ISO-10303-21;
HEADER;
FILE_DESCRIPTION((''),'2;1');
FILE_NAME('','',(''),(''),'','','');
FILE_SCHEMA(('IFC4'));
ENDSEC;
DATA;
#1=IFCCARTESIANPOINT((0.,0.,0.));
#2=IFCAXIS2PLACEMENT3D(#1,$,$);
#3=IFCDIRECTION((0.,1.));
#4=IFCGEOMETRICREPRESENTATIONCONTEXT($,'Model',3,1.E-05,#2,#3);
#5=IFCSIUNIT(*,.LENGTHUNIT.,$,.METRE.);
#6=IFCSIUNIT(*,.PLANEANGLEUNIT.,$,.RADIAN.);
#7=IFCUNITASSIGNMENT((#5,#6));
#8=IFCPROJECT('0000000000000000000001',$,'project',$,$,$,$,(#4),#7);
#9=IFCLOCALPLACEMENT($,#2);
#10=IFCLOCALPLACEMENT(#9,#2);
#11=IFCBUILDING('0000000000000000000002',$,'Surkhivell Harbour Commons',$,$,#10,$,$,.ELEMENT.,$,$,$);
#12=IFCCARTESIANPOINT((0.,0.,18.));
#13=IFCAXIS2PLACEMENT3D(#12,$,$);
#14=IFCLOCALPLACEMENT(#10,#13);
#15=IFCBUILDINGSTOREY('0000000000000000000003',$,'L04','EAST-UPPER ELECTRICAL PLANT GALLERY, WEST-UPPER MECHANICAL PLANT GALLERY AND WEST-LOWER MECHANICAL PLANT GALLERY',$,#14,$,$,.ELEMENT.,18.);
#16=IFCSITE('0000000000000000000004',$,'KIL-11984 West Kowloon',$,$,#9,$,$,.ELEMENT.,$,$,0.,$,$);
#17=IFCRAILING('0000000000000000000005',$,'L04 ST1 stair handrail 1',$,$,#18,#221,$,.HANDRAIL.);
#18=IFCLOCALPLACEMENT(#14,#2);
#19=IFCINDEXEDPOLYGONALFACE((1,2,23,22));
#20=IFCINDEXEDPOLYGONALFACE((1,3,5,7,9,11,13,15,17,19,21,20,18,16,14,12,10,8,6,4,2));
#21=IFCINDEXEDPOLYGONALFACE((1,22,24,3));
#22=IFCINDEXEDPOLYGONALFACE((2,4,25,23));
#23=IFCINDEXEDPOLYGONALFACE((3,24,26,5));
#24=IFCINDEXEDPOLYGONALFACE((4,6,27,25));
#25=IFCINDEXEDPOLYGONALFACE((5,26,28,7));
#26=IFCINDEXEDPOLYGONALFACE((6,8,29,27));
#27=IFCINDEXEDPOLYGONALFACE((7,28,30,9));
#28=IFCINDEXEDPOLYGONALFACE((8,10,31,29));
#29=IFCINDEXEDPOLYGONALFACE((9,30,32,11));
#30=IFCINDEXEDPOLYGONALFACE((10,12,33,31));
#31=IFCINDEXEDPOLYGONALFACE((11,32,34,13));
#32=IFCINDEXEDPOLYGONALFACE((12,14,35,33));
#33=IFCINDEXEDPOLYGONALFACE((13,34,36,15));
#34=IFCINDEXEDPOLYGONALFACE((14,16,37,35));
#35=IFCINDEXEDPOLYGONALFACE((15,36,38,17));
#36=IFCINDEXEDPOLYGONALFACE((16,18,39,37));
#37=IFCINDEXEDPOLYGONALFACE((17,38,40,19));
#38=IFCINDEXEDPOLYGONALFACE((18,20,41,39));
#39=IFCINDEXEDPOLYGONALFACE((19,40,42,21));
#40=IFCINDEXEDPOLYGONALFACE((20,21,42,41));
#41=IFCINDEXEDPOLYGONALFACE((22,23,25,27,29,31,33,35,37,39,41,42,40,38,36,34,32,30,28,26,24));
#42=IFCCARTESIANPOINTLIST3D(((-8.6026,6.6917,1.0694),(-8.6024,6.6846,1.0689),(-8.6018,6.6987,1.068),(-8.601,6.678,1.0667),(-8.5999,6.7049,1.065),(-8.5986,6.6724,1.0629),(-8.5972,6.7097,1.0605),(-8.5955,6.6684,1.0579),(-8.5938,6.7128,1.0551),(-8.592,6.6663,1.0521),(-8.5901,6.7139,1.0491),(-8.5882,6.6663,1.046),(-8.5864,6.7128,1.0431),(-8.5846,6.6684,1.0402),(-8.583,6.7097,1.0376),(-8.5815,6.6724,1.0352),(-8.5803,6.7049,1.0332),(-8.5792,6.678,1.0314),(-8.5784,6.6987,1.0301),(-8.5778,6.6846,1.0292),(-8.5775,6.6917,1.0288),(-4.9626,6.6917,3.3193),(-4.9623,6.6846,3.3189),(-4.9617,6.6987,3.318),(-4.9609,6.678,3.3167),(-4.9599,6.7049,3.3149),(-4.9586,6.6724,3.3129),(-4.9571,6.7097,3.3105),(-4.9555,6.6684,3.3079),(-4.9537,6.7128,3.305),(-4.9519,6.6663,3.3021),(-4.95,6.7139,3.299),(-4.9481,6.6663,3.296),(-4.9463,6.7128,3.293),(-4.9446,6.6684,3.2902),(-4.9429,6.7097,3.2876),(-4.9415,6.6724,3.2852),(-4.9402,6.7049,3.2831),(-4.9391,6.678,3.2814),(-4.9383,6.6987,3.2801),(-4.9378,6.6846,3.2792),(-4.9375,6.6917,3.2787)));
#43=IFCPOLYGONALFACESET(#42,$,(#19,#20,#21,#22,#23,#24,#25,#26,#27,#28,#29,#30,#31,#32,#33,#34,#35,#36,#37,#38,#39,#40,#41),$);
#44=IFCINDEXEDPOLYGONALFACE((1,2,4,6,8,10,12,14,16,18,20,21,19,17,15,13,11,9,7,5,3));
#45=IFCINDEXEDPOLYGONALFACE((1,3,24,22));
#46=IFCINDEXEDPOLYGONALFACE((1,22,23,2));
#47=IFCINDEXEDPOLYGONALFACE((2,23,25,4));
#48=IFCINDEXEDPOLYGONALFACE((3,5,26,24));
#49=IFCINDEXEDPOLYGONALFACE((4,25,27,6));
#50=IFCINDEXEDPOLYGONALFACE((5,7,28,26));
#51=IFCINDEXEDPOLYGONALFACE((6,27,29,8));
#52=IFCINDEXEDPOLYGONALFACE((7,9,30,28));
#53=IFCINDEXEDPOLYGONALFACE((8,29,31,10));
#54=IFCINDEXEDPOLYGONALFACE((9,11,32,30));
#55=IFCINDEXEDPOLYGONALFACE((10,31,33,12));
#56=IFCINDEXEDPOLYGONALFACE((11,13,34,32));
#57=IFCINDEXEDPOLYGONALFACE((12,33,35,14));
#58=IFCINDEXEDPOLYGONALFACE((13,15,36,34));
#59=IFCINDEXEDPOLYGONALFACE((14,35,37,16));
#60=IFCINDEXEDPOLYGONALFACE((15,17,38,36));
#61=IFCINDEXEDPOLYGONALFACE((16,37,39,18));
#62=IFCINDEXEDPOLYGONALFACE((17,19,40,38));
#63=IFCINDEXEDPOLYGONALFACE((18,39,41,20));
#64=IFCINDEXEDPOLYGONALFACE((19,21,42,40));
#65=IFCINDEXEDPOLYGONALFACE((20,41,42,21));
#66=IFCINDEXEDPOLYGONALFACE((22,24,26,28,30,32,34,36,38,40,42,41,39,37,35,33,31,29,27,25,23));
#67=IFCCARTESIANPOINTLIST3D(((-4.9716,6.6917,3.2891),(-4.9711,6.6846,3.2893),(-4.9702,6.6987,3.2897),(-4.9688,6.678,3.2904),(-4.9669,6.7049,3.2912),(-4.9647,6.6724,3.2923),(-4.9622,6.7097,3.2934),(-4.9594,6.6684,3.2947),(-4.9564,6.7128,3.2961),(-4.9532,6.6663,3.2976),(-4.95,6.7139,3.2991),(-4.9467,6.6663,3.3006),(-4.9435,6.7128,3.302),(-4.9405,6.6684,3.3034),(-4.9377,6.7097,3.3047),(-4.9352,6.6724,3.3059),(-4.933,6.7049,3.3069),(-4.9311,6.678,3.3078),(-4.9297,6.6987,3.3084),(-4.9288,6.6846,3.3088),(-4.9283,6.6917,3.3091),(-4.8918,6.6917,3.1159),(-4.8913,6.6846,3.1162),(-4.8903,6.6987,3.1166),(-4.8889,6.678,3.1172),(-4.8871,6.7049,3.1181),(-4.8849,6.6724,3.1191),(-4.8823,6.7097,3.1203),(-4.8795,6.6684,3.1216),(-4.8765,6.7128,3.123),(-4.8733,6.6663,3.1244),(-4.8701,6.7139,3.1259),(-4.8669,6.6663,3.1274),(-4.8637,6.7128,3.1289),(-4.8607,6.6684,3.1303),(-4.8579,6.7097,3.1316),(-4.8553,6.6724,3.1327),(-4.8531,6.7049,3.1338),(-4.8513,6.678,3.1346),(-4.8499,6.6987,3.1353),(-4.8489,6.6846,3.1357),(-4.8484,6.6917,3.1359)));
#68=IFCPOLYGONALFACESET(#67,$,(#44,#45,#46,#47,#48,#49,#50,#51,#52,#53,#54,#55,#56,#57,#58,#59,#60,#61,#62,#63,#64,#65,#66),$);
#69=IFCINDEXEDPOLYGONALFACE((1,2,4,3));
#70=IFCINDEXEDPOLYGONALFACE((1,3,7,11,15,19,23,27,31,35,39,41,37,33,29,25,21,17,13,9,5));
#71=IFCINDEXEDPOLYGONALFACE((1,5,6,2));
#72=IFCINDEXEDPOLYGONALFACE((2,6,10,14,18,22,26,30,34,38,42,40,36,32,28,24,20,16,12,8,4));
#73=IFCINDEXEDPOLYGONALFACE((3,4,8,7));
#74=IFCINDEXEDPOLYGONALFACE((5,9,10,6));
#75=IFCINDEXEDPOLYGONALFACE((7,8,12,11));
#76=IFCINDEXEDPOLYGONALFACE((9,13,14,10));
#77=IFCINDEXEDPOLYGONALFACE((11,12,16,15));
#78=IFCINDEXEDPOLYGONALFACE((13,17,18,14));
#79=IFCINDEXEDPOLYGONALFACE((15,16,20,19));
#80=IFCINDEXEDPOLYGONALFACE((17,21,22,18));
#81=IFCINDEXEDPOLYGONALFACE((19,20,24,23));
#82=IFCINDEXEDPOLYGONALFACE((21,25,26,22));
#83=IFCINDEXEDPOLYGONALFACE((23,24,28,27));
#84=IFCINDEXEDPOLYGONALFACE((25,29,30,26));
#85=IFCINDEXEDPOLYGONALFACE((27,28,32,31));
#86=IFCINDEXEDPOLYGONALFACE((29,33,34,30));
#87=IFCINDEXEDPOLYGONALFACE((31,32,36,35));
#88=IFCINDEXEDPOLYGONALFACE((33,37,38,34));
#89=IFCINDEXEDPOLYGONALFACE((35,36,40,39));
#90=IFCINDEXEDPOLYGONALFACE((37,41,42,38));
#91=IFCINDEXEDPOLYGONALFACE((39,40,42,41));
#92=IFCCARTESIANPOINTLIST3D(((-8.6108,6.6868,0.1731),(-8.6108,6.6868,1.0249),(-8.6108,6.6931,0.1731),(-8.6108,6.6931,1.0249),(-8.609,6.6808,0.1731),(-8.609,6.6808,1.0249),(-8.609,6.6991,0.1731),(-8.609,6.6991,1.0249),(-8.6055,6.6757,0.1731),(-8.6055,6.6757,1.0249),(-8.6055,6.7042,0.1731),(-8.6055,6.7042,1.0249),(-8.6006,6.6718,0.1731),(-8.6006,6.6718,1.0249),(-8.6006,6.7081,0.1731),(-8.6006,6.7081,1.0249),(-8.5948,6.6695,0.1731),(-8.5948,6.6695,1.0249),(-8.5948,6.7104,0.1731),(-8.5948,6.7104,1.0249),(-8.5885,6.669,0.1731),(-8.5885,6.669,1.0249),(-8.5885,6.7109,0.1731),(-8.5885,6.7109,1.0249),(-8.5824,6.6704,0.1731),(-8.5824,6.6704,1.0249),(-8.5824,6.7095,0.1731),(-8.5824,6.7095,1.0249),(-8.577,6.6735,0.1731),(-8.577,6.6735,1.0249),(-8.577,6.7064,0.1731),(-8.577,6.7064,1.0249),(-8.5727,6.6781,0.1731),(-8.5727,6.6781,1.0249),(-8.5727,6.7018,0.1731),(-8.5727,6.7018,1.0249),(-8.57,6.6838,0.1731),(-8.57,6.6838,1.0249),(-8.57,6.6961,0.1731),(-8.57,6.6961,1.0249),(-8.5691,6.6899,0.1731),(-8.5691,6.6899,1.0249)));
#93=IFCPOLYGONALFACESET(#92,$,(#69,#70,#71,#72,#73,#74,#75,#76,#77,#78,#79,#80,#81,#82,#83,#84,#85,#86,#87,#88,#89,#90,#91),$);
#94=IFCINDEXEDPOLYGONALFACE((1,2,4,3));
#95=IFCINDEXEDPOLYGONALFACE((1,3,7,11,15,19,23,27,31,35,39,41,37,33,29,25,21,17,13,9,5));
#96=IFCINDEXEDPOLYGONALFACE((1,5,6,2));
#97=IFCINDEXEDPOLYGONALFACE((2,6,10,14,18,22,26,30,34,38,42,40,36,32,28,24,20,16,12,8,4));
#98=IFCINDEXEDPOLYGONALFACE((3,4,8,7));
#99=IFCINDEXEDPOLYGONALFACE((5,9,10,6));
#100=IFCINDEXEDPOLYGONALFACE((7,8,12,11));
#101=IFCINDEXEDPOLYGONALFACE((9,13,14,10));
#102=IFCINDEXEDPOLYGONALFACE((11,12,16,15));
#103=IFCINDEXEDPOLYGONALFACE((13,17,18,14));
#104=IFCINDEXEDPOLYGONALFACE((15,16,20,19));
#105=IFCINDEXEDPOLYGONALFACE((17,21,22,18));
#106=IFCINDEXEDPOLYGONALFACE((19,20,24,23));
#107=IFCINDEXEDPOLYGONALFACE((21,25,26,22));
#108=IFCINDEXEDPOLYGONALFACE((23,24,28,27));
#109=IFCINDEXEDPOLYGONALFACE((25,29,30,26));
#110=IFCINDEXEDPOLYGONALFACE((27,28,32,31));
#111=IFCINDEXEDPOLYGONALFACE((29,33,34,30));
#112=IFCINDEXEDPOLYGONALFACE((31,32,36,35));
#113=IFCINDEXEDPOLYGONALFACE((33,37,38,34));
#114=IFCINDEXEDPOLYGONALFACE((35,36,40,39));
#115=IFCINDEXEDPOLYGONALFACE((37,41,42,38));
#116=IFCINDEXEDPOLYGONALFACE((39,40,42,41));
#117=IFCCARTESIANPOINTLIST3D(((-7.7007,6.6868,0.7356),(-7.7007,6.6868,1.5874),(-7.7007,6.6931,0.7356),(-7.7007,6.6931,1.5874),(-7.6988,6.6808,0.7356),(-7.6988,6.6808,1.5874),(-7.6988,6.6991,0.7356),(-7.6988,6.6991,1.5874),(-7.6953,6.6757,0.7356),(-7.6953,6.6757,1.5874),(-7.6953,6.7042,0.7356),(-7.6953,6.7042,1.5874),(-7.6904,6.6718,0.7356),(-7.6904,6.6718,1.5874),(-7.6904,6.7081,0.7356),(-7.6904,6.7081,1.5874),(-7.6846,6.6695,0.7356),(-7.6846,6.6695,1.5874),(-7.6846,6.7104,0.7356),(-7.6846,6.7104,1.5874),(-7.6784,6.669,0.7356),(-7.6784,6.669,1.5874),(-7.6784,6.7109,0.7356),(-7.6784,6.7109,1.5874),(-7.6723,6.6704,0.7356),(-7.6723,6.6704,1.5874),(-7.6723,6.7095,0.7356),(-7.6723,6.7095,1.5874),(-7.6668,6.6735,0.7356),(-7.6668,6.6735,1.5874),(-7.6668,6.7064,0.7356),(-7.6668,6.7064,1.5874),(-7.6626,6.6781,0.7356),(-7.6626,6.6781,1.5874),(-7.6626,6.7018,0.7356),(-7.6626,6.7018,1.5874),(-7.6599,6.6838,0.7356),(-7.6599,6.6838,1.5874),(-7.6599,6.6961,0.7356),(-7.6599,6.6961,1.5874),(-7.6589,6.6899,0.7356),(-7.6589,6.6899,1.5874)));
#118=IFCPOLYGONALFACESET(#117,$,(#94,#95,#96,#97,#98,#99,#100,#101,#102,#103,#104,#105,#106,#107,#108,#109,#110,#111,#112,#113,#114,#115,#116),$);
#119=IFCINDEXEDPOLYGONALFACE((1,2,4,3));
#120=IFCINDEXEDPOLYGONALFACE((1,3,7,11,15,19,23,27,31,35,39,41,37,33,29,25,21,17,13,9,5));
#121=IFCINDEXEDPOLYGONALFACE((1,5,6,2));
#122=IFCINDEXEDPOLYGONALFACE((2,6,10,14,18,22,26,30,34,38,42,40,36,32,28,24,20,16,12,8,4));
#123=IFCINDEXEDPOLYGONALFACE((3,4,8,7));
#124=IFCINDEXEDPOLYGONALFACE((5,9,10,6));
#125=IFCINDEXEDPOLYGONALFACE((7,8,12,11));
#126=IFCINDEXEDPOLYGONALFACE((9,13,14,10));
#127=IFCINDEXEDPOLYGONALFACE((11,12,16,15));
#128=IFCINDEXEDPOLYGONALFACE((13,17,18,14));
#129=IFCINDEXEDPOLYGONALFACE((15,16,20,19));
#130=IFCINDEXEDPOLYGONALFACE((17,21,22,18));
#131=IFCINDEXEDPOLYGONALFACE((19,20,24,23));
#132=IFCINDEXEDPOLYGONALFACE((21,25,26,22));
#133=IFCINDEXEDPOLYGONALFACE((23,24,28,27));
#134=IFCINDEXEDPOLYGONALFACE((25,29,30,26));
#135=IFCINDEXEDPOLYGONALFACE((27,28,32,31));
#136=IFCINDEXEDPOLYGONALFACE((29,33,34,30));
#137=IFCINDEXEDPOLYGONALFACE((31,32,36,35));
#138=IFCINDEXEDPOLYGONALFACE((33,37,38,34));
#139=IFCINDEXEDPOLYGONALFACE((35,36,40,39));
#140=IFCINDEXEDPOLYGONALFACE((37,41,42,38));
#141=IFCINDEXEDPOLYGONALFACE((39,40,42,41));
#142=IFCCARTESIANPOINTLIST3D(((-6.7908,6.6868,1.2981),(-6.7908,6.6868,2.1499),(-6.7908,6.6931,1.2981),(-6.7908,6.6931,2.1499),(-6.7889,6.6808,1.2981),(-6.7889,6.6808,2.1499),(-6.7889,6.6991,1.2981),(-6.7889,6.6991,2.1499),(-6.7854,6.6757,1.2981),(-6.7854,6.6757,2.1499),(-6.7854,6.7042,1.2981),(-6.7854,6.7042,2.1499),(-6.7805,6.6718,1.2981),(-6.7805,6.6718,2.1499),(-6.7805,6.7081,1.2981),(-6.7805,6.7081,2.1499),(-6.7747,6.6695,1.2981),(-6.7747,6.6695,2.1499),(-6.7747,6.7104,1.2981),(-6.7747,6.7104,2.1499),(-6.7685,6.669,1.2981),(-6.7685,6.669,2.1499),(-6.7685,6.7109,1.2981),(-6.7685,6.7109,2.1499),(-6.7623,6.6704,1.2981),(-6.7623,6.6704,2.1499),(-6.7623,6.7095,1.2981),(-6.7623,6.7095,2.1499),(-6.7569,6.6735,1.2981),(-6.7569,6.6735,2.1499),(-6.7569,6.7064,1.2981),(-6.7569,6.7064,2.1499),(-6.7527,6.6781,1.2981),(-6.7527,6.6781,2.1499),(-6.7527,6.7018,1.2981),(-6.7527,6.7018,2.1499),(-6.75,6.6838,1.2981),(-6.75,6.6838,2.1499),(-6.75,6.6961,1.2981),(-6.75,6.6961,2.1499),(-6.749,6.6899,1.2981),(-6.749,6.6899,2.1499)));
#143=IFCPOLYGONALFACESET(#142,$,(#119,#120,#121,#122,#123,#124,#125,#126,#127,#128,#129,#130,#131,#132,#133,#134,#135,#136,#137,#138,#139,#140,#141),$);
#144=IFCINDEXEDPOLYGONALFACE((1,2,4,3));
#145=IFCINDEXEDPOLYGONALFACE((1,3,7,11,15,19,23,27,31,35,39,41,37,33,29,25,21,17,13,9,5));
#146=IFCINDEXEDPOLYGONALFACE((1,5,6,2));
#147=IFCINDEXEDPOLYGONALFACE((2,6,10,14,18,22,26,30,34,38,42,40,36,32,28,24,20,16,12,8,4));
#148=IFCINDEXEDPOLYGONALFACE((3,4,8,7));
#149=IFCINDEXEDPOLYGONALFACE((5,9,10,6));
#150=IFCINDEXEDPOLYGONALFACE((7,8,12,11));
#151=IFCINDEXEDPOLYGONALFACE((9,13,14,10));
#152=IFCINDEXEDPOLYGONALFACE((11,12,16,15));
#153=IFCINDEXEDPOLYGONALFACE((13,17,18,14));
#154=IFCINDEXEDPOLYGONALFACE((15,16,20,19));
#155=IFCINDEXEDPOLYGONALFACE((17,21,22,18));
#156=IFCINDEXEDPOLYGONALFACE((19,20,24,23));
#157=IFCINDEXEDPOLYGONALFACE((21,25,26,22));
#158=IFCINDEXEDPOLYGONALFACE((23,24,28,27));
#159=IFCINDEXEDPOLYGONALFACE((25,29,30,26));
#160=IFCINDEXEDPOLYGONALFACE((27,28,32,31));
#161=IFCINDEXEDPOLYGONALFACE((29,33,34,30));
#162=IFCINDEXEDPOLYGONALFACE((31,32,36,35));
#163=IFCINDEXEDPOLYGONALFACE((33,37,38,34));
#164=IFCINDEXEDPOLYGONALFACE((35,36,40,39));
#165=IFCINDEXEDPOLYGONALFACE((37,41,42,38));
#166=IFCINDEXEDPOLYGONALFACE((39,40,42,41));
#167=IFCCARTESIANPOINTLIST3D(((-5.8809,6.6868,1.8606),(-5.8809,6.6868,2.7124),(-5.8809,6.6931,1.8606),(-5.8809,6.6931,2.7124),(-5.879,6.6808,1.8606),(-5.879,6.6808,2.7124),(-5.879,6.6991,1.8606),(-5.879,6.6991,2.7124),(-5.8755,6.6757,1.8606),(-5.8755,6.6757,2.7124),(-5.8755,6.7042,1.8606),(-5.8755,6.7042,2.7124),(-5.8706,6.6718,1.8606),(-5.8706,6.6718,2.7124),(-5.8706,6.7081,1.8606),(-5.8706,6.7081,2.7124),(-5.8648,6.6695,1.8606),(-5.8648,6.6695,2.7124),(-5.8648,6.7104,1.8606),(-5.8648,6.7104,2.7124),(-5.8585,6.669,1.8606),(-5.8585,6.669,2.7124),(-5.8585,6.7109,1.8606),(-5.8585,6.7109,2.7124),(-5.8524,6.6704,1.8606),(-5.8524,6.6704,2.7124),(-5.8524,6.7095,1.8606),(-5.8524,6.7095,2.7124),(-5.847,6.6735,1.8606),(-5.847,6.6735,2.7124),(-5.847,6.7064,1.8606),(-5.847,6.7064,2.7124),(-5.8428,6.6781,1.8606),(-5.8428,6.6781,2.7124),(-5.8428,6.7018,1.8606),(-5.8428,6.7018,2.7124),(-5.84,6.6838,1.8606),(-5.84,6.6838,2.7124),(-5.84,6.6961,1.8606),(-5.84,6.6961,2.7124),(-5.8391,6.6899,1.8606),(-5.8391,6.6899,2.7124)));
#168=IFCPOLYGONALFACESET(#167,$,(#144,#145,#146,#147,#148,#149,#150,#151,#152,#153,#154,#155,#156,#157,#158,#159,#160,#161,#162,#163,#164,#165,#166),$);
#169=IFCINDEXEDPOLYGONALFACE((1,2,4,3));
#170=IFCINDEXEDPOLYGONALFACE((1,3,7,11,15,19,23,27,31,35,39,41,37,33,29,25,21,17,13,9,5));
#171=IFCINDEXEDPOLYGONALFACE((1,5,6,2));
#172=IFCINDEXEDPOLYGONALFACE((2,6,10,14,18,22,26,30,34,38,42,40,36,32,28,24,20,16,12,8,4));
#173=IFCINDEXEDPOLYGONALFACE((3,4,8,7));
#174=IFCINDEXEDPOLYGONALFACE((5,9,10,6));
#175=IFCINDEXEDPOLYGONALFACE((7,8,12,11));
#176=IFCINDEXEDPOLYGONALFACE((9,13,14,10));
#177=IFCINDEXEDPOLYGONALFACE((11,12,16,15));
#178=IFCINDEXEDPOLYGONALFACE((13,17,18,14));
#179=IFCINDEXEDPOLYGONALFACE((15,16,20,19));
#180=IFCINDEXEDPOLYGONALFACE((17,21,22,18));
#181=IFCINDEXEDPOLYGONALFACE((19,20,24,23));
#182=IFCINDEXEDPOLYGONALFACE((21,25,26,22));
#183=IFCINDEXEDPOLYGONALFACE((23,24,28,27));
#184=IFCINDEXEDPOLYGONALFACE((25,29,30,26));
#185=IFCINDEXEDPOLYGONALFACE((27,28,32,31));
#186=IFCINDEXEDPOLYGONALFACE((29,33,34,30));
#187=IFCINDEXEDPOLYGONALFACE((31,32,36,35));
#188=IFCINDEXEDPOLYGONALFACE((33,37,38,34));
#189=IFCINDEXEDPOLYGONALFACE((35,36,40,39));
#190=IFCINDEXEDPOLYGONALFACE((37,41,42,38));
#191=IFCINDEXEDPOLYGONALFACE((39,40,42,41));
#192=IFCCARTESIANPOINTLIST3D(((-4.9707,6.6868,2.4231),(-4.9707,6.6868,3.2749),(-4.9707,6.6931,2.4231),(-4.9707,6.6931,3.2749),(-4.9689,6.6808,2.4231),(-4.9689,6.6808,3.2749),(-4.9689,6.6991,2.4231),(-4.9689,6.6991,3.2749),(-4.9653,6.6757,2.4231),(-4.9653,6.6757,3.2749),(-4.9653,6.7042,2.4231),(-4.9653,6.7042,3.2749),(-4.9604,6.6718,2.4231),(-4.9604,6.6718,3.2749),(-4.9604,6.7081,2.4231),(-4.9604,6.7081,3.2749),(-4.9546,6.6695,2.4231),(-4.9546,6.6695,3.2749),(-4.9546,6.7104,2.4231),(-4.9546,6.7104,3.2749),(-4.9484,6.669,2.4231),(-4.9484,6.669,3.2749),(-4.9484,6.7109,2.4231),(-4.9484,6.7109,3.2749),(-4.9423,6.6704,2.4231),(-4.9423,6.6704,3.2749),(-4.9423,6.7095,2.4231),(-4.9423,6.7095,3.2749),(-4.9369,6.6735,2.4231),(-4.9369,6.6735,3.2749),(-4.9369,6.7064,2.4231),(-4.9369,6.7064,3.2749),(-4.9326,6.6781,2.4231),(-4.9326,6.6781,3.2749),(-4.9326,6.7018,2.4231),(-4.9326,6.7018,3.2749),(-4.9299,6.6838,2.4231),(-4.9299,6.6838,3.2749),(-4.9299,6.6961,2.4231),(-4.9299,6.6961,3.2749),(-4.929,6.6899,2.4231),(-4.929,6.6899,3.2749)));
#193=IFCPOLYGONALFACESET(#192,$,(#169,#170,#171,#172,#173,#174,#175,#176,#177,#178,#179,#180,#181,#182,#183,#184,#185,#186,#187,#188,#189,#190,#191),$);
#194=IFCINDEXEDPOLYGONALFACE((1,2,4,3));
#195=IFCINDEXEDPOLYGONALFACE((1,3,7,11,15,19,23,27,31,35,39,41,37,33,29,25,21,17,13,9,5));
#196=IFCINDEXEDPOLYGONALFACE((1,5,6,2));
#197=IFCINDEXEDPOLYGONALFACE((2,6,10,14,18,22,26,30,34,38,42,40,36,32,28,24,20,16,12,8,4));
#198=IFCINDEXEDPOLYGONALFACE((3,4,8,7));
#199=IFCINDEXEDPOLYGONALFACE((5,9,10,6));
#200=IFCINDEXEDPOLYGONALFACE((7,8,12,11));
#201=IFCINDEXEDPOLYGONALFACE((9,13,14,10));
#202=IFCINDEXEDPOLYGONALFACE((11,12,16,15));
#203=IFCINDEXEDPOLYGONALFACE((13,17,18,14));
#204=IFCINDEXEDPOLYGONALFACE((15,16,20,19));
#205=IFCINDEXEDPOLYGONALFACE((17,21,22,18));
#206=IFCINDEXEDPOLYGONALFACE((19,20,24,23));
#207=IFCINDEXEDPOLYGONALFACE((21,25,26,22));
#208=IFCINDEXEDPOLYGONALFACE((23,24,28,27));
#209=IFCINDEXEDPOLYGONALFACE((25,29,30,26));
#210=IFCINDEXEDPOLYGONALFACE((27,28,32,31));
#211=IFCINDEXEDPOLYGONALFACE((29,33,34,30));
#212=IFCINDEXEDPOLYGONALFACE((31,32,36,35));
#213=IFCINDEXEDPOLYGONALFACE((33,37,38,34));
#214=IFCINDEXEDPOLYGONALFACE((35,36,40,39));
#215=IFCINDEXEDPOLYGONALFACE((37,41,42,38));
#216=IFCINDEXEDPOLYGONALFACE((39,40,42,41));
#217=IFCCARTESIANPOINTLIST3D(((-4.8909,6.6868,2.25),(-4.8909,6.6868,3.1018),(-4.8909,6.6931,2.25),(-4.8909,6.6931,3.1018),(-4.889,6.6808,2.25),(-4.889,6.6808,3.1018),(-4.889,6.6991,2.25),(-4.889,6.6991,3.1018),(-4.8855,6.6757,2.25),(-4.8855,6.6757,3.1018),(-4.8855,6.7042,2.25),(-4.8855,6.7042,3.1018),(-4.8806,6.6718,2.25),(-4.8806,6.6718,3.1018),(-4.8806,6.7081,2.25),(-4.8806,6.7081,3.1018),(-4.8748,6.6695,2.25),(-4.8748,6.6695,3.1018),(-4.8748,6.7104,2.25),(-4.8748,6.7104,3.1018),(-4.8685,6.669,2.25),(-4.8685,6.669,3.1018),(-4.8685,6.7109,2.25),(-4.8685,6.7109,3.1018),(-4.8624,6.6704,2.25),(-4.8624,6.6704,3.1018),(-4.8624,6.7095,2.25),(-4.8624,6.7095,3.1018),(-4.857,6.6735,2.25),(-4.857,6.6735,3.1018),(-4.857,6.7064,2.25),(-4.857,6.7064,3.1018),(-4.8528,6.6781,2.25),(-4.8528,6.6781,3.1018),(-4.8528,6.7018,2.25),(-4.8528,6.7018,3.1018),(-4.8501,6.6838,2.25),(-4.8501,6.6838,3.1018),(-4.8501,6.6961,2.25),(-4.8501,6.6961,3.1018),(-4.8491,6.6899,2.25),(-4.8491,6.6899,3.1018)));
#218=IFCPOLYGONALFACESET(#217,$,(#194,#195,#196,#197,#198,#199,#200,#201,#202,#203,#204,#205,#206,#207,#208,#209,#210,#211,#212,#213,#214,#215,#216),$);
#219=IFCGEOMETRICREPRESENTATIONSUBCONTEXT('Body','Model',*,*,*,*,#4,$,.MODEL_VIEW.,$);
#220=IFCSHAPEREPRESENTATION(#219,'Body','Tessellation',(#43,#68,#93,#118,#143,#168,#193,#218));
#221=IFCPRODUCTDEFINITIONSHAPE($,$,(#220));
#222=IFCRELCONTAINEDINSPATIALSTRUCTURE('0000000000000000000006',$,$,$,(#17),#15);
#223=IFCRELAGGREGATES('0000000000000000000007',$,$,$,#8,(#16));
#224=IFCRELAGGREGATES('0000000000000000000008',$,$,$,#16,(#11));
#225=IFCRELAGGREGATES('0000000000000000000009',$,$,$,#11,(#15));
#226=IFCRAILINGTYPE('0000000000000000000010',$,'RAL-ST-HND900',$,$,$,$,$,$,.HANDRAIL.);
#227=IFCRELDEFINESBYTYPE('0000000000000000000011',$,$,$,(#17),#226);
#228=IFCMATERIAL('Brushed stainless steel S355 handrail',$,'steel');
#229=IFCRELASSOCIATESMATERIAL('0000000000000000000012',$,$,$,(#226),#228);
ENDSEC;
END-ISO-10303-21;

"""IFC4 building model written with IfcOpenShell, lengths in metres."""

from ifc_helpers import new_model, si_unit, direction, frame, origin, origin_2d, place, context, subcontext, project, spatial, circle, extrude, material, type_object, element, save


model = new_model("IFC4")

# Units and contexts
model_context = context("Model", 3, precision=1e-05, world=origin(), true_north=direction((0.0, 1.0)))
body_context = subcontext(model_context, "Body", "Model", "MODEL_VIEW")
ifc_project = project(units=[si_unit("LENGTHUNIT", "METRE"), si_unit("PLANEANGLEUNIT", "RADIAN")], contexts=[model_context])

# Site, building, storey
site_placement = place(None, origin())
site = spatial("IfcSite", under=ifc_project, at=site_placement, Name="KIL-11984 West Kowloon", CompositionType="ELEMENT", RefElevation=0.0)
building_placement = place(site_placement, origin())
building = spatial("IfcBuilding", under=site, at=building_placement, Name="Surkhivell Harbour Commons", CompositionType="ELEMENT")
storey_placement = place(building_placement, frame((0.0, 0.0, 18.0)))
storey = spatial("IfcBuildingStorey", under=building, at=storey_placement, Name="L04", Description="EAST-UPPER ELECTRICAL PLANT GALLERY, WEST-UPPER MECHANICAL PLANT GALLERY AND WEST-LOWER MECHANICAL PLANT GALLERY", CompositionType="ELEMENT", Elevation=18.0)

# Railing
ifc_material_1 = material(Name="Brushed stainless steel S355 handrail", Category="steel")
railing_type_1 = type_object("IfcRailingType", Name="RAL-ST-HND900", PredefinedType="HANDRAIL", material=ifc_material_1)
railing_1_placement = place(storey_placement, frame((-8.5901, 6.6899, 0.1731)))
element("IfcRailing", 1, at=railing_1_placement, inside=storey, type_object=railing_type_1, Name="L04 ST1 stair handrail 1", PredefinedType="HANDRAIL", context=body_context, shape_type="SweptSolid", body=[
    extrude(circle(Radius=0.0239, at=origin_2d()), frame((0.0, 0.0, 0.876), z_axis=(0.850622, 0.0, 0.525777), x_axis=(0.0, 1.0, 0.0)), (0.0, 0.0, 1.0), 4.2793),
    extrude(circle(Radius=0.0239, at=origin_2d()), frame((3.6401, 0.0, 3.126), z_axis=(0.418815, 0.0, -0.908072), x_axis=(0.0, 1.0, 0.0)), (0.0, 0.0, 1.0), 0.1907),
    extrude(circle(Radius=0.021, at=origin_2d()), origin(), (0.0, 0.0, 1.0), 0.8518),
    extrude(circle(Radius=0.021, at=origin_2d()), frame((0.9102, 0.0, 0.5625)), (0.0, 0.0, 1.0), 0.8518),
    extrude(circle(Radius=0.021, at=origin_2d()), frame((1.8201, 0.0, 1.125)), (0.0, 0.0, 1.0), 0.8518),
    extrude(circle(Radius=0.021, at=origin_2d()), frame((2.73, 0.0, 1.6875)), (0.0, 0.0, 1.0), 0.8518),
    extrude(circle(Radius=0.021, at=origin_2d()), frame((3.6401, 0.0, 2.25)), (0.0, 0.0, 1.0), 0.8518),
    extrude(circle(Radius=0.021, at=origin_2d()), frame((3.72, 0.0, 2.0769)), (0.0, 0.0, 1.0), 0.8518),
])

save(model, "model.ifc")
